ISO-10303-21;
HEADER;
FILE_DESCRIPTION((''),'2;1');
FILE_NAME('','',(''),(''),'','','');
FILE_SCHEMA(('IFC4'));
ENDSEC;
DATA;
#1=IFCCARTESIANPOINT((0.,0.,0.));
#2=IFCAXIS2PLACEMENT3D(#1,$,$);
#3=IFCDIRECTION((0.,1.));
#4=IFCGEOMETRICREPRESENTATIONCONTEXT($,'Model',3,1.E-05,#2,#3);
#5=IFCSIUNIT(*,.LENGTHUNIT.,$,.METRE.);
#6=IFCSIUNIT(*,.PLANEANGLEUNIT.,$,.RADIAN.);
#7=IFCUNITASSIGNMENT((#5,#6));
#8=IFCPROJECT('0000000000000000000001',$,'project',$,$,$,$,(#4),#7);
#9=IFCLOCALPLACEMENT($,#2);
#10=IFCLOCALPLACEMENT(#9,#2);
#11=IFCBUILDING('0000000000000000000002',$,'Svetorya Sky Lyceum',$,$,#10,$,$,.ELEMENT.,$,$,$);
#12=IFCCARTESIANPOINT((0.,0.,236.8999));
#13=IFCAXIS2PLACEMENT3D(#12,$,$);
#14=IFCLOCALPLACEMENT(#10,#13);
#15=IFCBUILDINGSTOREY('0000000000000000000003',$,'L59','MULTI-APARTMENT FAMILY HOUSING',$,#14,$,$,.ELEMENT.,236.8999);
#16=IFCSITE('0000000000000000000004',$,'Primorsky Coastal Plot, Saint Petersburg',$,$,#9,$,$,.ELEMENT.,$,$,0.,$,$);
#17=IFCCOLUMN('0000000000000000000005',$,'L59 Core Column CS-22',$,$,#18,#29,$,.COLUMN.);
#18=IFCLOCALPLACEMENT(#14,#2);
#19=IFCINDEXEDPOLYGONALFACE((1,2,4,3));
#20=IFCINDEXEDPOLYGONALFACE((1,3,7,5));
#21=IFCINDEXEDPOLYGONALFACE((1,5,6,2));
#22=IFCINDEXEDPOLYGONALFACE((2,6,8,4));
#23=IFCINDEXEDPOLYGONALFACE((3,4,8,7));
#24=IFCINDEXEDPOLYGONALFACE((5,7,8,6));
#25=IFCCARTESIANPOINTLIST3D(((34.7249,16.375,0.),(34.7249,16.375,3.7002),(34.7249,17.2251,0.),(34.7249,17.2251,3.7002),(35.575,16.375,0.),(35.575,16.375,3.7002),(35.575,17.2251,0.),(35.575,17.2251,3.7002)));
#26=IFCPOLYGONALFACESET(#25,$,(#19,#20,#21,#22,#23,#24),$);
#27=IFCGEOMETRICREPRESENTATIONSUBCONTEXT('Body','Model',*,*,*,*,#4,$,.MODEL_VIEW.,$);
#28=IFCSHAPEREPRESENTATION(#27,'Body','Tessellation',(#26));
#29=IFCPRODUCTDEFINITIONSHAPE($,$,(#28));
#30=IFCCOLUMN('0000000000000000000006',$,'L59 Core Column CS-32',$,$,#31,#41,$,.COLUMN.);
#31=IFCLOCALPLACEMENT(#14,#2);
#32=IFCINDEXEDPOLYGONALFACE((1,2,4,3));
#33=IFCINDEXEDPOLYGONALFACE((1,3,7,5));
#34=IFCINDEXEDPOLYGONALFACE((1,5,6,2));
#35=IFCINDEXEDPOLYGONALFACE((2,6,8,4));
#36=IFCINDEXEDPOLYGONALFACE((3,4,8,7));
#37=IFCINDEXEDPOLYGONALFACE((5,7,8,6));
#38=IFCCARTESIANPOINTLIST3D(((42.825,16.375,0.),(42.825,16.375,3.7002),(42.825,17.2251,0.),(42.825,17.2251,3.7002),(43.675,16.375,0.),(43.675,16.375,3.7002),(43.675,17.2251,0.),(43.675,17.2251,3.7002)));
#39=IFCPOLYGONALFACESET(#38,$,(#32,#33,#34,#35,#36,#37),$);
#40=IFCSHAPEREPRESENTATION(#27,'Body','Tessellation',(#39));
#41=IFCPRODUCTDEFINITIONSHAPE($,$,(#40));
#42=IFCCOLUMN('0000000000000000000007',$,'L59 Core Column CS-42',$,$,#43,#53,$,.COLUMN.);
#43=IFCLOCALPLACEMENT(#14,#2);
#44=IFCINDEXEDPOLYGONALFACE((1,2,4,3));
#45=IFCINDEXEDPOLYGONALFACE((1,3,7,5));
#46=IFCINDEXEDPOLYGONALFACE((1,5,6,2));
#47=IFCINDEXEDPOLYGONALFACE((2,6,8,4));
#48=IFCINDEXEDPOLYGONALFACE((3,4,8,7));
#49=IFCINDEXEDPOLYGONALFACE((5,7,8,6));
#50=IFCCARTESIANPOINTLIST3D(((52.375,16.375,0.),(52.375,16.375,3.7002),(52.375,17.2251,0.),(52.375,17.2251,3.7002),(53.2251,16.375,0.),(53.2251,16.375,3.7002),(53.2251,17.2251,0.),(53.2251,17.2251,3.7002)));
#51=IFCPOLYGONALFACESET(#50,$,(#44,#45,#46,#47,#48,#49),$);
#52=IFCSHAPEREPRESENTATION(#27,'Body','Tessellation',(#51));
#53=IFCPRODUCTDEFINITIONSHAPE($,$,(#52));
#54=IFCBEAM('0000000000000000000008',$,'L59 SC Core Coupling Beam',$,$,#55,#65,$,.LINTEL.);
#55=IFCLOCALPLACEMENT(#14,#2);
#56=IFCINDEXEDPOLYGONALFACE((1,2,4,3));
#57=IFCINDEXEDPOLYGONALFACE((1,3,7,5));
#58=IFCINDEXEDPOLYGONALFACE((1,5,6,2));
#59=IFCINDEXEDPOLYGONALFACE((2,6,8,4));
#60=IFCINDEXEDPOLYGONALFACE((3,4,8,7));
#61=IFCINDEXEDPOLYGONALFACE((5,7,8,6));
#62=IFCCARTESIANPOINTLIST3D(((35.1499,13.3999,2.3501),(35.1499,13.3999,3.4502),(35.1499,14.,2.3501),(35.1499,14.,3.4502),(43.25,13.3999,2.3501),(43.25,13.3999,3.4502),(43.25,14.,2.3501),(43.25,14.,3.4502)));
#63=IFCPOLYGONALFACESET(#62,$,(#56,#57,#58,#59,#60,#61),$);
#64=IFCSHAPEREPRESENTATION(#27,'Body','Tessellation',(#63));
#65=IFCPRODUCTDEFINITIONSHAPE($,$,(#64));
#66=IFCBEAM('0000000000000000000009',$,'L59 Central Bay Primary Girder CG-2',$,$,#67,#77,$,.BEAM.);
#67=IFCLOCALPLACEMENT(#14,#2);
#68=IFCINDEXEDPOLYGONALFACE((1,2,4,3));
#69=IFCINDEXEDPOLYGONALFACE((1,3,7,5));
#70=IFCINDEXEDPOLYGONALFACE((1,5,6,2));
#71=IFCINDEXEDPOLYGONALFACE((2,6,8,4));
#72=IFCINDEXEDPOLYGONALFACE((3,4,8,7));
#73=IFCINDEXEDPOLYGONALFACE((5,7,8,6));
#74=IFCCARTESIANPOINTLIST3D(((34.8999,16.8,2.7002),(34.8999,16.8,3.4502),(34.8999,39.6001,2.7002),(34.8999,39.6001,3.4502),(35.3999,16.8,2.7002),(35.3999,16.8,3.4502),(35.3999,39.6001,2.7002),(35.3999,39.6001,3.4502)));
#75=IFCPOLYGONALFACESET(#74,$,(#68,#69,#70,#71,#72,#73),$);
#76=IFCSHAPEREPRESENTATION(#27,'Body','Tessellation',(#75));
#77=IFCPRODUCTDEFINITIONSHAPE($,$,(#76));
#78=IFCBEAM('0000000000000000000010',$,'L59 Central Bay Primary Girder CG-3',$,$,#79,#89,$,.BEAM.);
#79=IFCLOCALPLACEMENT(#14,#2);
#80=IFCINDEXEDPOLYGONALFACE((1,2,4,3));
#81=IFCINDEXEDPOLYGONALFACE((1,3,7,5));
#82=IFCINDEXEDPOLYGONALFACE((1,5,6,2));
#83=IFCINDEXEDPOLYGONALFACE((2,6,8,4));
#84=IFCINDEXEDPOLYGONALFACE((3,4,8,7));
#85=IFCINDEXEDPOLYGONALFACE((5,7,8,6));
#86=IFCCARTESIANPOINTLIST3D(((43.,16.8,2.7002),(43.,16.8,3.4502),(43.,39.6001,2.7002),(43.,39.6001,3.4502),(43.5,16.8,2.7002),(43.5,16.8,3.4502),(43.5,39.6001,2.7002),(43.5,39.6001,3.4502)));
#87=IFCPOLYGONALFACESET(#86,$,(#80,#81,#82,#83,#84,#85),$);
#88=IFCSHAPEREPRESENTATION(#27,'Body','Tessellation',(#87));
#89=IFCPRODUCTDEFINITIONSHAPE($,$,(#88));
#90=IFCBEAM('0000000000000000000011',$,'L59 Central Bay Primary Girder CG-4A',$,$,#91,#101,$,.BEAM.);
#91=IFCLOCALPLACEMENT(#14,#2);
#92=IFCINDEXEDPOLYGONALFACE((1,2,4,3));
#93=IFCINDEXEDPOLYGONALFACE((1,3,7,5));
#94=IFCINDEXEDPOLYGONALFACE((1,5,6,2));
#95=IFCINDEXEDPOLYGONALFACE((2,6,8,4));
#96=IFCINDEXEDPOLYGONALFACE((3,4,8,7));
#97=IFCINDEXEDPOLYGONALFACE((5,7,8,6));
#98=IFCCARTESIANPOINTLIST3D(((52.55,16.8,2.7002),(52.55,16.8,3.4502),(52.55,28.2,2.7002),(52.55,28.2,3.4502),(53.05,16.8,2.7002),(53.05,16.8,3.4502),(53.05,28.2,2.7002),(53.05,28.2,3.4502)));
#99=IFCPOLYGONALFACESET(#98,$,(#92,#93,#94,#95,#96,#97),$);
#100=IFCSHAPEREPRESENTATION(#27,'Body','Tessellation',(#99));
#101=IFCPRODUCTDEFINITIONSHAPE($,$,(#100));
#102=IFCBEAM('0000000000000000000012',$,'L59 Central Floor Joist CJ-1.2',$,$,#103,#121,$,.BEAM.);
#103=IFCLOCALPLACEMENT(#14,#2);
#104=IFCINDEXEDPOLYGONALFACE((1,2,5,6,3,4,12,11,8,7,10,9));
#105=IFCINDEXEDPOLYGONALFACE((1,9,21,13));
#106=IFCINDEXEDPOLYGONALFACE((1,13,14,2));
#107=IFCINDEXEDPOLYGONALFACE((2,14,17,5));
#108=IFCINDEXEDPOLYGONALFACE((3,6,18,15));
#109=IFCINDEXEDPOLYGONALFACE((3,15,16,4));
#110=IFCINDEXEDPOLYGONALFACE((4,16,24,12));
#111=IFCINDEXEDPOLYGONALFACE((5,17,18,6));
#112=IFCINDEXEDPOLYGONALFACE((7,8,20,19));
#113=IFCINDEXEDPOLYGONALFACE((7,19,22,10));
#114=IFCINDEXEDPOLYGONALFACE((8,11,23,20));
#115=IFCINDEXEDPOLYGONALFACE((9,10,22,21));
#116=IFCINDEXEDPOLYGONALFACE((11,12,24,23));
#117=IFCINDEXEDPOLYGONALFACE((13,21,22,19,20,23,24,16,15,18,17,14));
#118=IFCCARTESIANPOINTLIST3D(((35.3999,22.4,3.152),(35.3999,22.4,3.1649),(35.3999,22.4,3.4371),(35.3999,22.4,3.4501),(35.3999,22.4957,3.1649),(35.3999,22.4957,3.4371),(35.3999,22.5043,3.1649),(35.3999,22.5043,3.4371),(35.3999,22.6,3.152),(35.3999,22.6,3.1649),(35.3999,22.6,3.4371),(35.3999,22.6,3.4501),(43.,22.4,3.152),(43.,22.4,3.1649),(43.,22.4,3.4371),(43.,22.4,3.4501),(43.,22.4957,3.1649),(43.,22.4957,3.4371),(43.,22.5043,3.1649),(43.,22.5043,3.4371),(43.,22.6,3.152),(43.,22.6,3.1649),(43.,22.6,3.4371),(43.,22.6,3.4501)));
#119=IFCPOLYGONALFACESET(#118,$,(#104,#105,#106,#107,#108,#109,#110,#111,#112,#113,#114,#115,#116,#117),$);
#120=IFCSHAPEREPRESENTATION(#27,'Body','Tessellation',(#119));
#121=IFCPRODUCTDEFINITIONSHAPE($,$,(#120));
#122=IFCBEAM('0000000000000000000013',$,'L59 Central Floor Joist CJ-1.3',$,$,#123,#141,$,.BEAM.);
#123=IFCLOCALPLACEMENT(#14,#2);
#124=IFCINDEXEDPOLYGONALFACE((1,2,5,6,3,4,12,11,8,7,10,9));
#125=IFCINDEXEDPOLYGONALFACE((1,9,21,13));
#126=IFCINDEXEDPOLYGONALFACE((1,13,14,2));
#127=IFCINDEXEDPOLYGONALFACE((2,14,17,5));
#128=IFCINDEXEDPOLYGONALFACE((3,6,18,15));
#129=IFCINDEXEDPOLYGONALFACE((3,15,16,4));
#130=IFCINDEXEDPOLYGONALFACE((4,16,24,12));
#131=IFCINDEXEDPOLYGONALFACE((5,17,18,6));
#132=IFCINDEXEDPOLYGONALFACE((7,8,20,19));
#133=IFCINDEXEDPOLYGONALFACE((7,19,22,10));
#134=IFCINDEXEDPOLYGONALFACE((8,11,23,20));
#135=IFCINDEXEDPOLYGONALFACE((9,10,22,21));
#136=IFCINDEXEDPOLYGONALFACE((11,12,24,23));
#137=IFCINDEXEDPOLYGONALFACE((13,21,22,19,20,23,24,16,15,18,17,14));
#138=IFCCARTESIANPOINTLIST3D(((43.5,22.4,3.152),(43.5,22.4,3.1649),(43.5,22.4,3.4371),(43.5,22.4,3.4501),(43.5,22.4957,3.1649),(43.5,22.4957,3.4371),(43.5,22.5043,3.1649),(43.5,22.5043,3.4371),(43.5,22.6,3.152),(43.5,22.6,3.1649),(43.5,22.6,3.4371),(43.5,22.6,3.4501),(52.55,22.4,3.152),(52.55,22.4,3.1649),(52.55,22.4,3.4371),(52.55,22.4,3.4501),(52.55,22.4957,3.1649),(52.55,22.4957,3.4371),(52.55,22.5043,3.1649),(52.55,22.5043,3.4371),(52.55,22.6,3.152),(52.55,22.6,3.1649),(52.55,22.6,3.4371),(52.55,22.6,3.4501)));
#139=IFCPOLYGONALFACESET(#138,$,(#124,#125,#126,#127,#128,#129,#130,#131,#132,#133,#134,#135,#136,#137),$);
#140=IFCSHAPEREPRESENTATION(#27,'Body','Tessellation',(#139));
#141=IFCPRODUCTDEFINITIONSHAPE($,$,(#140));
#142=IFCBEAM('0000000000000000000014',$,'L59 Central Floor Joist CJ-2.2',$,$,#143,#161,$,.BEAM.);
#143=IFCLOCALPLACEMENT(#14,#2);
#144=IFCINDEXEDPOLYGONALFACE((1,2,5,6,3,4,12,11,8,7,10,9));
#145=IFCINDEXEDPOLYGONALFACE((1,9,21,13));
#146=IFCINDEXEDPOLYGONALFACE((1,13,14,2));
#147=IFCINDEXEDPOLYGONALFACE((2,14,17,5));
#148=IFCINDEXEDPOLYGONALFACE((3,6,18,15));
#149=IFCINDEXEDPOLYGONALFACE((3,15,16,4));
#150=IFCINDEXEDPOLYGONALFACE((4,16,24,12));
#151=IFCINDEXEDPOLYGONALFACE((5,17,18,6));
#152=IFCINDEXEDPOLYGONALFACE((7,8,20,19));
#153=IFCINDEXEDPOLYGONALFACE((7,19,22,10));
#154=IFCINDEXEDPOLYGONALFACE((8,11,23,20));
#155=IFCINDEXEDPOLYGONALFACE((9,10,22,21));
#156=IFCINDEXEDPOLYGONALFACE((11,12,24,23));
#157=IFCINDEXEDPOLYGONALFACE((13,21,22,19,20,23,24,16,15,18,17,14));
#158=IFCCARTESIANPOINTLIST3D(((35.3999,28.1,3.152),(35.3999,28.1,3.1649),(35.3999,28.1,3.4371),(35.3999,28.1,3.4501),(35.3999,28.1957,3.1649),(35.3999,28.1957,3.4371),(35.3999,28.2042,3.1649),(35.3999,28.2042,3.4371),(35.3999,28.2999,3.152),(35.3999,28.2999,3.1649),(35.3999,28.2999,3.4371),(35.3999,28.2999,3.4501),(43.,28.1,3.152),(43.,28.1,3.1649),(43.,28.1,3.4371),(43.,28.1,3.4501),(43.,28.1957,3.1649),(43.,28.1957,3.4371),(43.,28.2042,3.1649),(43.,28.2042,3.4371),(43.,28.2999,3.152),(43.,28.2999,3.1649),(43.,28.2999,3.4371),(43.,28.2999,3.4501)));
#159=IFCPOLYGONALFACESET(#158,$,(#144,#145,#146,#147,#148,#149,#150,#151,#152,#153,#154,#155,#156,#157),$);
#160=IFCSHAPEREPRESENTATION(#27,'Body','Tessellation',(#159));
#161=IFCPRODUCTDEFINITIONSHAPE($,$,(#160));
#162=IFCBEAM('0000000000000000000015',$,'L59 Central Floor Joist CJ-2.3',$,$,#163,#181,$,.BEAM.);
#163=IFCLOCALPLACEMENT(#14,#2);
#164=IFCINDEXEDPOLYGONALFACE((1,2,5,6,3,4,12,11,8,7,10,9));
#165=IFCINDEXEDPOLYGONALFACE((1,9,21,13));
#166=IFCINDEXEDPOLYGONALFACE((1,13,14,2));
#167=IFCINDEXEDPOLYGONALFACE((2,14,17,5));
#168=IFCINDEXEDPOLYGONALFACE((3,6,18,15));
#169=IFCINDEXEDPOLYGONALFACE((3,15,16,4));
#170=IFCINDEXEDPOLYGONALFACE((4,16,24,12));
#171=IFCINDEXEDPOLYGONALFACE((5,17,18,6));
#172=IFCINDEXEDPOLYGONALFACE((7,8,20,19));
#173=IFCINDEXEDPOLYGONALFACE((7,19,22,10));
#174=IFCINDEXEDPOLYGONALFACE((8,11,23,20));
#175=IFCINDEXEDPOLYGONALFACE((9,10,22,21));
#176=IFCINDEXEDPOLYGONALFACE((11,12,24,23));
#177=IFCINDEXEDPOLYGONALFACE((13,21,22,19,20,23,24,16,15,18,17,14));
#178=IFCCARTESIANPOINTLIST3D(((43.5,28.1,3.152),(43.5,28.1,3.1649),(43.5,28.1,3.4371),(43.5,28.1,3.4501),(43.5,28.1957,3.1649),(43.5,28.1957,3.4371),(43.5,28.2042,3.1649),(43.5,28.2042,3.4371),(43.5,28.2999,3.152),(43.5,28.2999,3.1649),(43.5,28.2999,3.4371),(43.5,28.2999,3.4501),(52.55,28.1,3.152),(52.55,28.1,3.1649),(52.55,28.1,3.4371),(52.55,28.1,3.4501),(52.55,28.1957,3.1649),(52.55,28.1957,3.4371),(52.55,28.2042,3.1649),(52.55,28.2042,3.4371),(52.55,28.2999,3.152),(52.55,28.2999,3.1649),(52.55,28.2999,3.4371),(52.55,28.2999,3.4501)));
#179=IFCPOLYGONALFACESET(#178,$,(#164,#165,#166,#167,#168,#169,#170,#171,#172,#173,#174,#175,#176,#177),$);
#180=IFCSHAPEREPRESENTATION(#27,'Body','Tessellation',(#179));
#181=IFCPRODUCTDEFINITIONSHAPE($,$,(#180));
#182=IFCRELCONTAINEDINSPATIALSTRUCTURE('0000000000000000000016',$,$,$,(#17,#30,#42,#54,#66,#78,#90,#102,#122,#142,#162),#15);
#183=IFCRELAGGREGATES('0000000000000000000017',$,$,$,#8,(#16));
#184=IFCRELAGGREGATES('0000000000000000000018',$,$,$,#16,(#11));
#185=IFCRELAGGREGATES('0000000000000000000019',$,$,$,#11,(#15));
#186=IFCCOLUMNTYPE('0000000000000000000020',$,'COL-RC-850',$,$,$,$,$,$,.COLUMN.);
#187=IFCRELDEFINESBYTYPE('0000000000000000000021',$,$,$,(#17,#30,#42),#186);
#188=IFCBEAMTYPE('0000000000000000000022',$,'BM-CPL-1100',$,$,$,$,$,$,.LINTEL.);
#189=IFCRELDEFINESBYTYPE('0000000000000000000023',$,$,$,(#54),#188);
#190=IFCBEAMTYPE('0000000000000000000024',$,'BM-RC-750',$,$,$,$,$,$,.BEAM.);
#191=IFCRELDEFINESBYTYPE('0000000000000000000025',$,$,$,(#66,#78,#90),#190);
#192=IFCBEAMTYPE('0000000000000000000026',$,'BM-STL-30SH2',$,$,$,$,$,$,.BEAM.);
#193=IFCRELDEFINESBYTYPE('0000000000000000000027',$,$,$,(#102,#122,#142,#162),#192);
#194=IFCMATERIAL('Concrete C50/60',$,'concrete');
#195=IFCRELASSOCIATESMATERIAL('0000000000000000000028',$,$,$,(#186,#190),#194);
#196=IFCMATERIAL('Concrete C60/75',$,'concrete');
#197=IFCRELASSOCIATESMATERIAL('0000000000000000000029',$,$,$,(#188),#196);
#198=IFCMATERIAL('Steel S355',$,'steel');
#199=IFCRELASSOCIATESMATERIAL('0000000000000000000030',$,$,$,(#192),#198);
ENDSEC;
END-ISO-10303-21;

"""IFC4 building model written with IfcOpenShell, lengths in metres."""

from ifc_helpers import new_model, si_unit, direction, frame, origin, origin_2d, place, context, subcontext, project, spatial, rectangle, i_section, extrude, material, material_profile, profile_set, type_object, element, save


model = new_model("IFC4")

# Units and contexts
model_context = context("Model", 3, precision=1e-05, world=origin(), true_north=direction((0.0, 1.0)))
body_context = subcontext(model_context, "Body", "Model", "MODEL_VIEW")
ifc_project = project(units=[si_unit("LENGTHUNIT", "METRE"), si_unit("PLANEANGLEUNIT", "RADIAN")], contexts=[model_context])

# Site, building, storey
site_placement = place(None, origin())
site = spatial("IfcSite", under=ifc_project, at=site_placement, Name="Primorsky Coastal Plot, Saint Petersburg", CompositionType="ELEMENT", RefElevation=0.0)
building_placement = place(site_placement, origin())
building = spatial("IfcBuilding", under=site, at=building_placement, Name="Svetorya Sky Lyceum", CompositionType="ELEMENT")
storey_placement = place(building_placement, frame((0.0, 0.0, 236.8999)))
storey = spatial("IfcBuildingStorey", under=building, at=storey_placement, Name="L59", Description="MULTI-APARTMENT FAMILY HOUSING", CompositionType="ELEMENT", Elevation=236.8999)

# Columns
ifc_material_1 = material(Name="Concrete C50/60", Category="concrete")
ifc_material_profile_1 = material_profile(ifc_material_1, rectangle(XDim=0.8501, YDim=0.8501, at=origin_2d()), Name="RC COL 850x850")
ifc_profile_set_1 = profile_set([ifc_material_profile_1], Name="Concrete C50/60")
column_type = type_object("IfcColumnType", Name="COL-RC-850", PredefinedType="COLUMN", material=ifc_profile_set_1)
for number, where, z_axis, x_axis, name in (
    (1, (35.1499, 16.8, 0.0), (0.0, 0.0, 1.0), (1.0, 0.0, 0.0), "L59 Core Column CS-22"),
    (2, (43.25, 16.8, 0.0), (0.0, 0.0, 1.0), (1.0, 0.0, 0.0), "L59 Core Column CS-32"),
    (3, (52.8, 16.8, 0.0), (0.0, 0.0, 1.0), (1.0, 0.0, 0.0), "L59 Core Column CS-42"),
):
    element("IfcColumn", number, at=place(storey_placement, frame(where, z_axis=z_axis, x_axis=x_axis)), inside=storey, type_object=column_type, Name=name, PredefinedType="COLUMN", context=body_context, shape_type="SweptSolid", body=[
        extrude(rectangle(XDim=0.8501, YDim=0.8501, at=origin_2d()), origin(), (0.0, 0.0, 1.0), 3.7002),
    ])

# Beams
ifc_material_2 = material(Name="Concrete C60/75", Category="concrete")
ifc_material_profile_2 = material_profile(ifc_material_2, rectangle(XDim=0.6001, YDim=1.1001, at=origin_2d()), Name="RC COUPLING 600x1100")
ifc_profile_set_2 = profile_set([ifc_material_profile_2], Name="Concrete C60/75")
beam_type_1 = type_object("IfcBeamType", Name="BM-CPL-1100", PredefinedType="LINTEL", material=ifc_profile_set_2)
beam_1_placement = place(storey_placement, frame((35.1499, 13.7, 2.9001), z_axis=(1.0, 0.0, 0.0), x_axis=(0.0, 1.0, 0.0)))
element("IfcBeam", 4, at=beam_1_placement, inside=storey, type_object=beam_type_1, Name="L59 SC Core Coupling Beam", PredefinedType="LINTEL", context=body_context, shape_type="SweptSolid", body=[
    extrude(rectangle(XDim=0.6001, YDim=1.1001, at=origin_2d()), origin(), (0.0, 0.0, 1.0), 8.1001),
])
ifc_material_profile_3 = material_profile(ifc_material_1, rectangle(XDim=0.5, YDim=0.75, at=origin_2d()), Name="RC BEAM 500x750")
ifc_profile_set_3 = profile_set([ifc_material_profile_3], Name="Concrete C50/60")
beam_type_2 = type_object("IfcBeamType", Name="BM-RC-750", PredefinedType="BEAM", material=ifc_profile_set_3)
for number, where, z_axis, x_axis, name in (
    (5, (35.1499, 16.8, 3.0752), (0.0, 1.0, 0.0), (-1.0, 0.0, 0.0), "L59 Central Bay Primary Girder CG-2"),
    (6, (43.25, 16.8, 3.0752), (0.0, 1.0, 0.0), (-1.0, 0.0, 0.0), "L59 Central Bay Primary Girder CG-3"),
):
    element("IfcBeam", number, at=place(storey_placement, frame(where, z_axis=z_axis, x_axis=x_axis)), inside=storey, type_object=beam_type_2, Name=name, PredefinedType="BEAM", context=body_context, shape_type="SweptSolid", body=[
        extrude(rectangle(XDim=0.5, YDim=0.75, at=origin_2d()), origin(), (0.0, 0.0, 1.0), 22.8),
    ])
beam_2_placement = place(storey_placement, frame((52.8, 16.8, 3.0752), z_axis=(0.0, 1.0, 0.0), x_axis=(-1.0, 0.0, 0.0)))
element("IfcBeam", 7, at=beam_2_placement, inside=storey, type_object=beam_type_2, Name="L59 Central Bay Primary Girder CG-4A", PredefinedType="BEAM", context=body_context, shape_type="SweptSolid", body=[
    extrude(rectangle(XDim=0.5, YDim=0.75, at=origin_2d()), origin(), (0.0, 0.0, 1.0), 11.3999),
])
ifc_material_3 = material(Name="Steel S355", Category="steel")
ifc_material_profile_4 = material_profile(ifc_material_3, i_section(OverallWidth=0.2, OverallDepth=0.2981, WebThickness=0.0085, FlangeThickness=0.0129, at=origin_2d()), Name="GOST 30Sh2")
ifc_profile_set_4 = profile_set([ifc_material_profile_4], Name="Steel S355")
beam_type_3 = type_object("IfcBeamType", Name="BM-STL-30SH2", PredefinedType="BEAM", material=ifc_profile_set_4)
beam_3_placement = place(storey_placement, frame((35.3999, 22.5, 3.301), z_axis=(1.0, 0.0, 0.0), x_axis=(0.0, 1.0, 0.0)))
element("IfcBeam", 8, at=beam_3_placement, inside=storey, type_object=beam_type_3, Name="L59 Central Floor Joist CJ-1.2", PredefinedType="BEAM", context=body_context, shape_type="SweptSolid", body=[
    extrude(i_section(OverallWidth=0.2, OverallDepth=0.2981, WebThickness=0.0085, FlangeThickness=0.0129, at=origin_2d()), origin(), (0.0, 0.0, 1.0), 7.6001),
])
beam_4_placement = place(storey_placement, frame((43.5, 22.5, 3.301), z_axis=(1.0, 0.0, 0.0), x_axis=(0.0, 1.0, 0.0)))
element("IfcBeam", 9, at=beam_4_placement, inside=storey, type_object=beam_type_3, Name="L59 Central Floor Joist CJ-1.3", PredefinedType="BEAM", context=body_context, shape_type="SweptSolid", body=[
    extrude(i_section(OverallWidth=0.2, OverallDepth=0.2981, WebThickness=0.0085, FlangeThickness=0.0129, at=origin_2d()), origin(), (0.0, 0.0, 1.0), 9.05),
])
beam_5_placement = place(storey_placement, frame((35.3999, 28.2, 3.301), z_axis=(1.0, 0.0, 0.0), x_axis=(0.0, 1.0, 0.0)))
element("IfcBeam", 10, at=beam_5_placement, inside=storey, type_object=beam_type_3, Name="L59 Central Floor Joist CJ-2.2", PredefinedType="BEAM", context=body_context, shape_type="SweptSolid", body=[
    extrude(i_section(OverallWidth=0.2, OverallDepth=0.2981, WebThickness=0.0085, FlangeThickness=0.0129, at=origin_2d()), origin(), (0.0, 0.0, 1.0), 7.6001),
])
beam_6_placement = place(storey_placement, frame((43.5, 28.2, 3.301), z_axis=(1.0, 0.0, 0.0), x_axis=(0.0, 1.0, 0.0)))
element("IfcBeam", 11, at=beam_6_placement, inside=storey, type_object=beam_type_3, Name="L59 Central Floor Joist CJ-2.3", PredefinedType="BEAM", context=body_context, shape_type="SweptSolid", body=[
    extrude(i_section(OverallWidth=0.2, OverallDepth=0.2981, WebThickness=0.0085, FlangeThickness=0.0129, at=origin_2d()), origin(), (0.0, 0.0, 1.0), 9.05),
])

save(model, "model.ifc")
